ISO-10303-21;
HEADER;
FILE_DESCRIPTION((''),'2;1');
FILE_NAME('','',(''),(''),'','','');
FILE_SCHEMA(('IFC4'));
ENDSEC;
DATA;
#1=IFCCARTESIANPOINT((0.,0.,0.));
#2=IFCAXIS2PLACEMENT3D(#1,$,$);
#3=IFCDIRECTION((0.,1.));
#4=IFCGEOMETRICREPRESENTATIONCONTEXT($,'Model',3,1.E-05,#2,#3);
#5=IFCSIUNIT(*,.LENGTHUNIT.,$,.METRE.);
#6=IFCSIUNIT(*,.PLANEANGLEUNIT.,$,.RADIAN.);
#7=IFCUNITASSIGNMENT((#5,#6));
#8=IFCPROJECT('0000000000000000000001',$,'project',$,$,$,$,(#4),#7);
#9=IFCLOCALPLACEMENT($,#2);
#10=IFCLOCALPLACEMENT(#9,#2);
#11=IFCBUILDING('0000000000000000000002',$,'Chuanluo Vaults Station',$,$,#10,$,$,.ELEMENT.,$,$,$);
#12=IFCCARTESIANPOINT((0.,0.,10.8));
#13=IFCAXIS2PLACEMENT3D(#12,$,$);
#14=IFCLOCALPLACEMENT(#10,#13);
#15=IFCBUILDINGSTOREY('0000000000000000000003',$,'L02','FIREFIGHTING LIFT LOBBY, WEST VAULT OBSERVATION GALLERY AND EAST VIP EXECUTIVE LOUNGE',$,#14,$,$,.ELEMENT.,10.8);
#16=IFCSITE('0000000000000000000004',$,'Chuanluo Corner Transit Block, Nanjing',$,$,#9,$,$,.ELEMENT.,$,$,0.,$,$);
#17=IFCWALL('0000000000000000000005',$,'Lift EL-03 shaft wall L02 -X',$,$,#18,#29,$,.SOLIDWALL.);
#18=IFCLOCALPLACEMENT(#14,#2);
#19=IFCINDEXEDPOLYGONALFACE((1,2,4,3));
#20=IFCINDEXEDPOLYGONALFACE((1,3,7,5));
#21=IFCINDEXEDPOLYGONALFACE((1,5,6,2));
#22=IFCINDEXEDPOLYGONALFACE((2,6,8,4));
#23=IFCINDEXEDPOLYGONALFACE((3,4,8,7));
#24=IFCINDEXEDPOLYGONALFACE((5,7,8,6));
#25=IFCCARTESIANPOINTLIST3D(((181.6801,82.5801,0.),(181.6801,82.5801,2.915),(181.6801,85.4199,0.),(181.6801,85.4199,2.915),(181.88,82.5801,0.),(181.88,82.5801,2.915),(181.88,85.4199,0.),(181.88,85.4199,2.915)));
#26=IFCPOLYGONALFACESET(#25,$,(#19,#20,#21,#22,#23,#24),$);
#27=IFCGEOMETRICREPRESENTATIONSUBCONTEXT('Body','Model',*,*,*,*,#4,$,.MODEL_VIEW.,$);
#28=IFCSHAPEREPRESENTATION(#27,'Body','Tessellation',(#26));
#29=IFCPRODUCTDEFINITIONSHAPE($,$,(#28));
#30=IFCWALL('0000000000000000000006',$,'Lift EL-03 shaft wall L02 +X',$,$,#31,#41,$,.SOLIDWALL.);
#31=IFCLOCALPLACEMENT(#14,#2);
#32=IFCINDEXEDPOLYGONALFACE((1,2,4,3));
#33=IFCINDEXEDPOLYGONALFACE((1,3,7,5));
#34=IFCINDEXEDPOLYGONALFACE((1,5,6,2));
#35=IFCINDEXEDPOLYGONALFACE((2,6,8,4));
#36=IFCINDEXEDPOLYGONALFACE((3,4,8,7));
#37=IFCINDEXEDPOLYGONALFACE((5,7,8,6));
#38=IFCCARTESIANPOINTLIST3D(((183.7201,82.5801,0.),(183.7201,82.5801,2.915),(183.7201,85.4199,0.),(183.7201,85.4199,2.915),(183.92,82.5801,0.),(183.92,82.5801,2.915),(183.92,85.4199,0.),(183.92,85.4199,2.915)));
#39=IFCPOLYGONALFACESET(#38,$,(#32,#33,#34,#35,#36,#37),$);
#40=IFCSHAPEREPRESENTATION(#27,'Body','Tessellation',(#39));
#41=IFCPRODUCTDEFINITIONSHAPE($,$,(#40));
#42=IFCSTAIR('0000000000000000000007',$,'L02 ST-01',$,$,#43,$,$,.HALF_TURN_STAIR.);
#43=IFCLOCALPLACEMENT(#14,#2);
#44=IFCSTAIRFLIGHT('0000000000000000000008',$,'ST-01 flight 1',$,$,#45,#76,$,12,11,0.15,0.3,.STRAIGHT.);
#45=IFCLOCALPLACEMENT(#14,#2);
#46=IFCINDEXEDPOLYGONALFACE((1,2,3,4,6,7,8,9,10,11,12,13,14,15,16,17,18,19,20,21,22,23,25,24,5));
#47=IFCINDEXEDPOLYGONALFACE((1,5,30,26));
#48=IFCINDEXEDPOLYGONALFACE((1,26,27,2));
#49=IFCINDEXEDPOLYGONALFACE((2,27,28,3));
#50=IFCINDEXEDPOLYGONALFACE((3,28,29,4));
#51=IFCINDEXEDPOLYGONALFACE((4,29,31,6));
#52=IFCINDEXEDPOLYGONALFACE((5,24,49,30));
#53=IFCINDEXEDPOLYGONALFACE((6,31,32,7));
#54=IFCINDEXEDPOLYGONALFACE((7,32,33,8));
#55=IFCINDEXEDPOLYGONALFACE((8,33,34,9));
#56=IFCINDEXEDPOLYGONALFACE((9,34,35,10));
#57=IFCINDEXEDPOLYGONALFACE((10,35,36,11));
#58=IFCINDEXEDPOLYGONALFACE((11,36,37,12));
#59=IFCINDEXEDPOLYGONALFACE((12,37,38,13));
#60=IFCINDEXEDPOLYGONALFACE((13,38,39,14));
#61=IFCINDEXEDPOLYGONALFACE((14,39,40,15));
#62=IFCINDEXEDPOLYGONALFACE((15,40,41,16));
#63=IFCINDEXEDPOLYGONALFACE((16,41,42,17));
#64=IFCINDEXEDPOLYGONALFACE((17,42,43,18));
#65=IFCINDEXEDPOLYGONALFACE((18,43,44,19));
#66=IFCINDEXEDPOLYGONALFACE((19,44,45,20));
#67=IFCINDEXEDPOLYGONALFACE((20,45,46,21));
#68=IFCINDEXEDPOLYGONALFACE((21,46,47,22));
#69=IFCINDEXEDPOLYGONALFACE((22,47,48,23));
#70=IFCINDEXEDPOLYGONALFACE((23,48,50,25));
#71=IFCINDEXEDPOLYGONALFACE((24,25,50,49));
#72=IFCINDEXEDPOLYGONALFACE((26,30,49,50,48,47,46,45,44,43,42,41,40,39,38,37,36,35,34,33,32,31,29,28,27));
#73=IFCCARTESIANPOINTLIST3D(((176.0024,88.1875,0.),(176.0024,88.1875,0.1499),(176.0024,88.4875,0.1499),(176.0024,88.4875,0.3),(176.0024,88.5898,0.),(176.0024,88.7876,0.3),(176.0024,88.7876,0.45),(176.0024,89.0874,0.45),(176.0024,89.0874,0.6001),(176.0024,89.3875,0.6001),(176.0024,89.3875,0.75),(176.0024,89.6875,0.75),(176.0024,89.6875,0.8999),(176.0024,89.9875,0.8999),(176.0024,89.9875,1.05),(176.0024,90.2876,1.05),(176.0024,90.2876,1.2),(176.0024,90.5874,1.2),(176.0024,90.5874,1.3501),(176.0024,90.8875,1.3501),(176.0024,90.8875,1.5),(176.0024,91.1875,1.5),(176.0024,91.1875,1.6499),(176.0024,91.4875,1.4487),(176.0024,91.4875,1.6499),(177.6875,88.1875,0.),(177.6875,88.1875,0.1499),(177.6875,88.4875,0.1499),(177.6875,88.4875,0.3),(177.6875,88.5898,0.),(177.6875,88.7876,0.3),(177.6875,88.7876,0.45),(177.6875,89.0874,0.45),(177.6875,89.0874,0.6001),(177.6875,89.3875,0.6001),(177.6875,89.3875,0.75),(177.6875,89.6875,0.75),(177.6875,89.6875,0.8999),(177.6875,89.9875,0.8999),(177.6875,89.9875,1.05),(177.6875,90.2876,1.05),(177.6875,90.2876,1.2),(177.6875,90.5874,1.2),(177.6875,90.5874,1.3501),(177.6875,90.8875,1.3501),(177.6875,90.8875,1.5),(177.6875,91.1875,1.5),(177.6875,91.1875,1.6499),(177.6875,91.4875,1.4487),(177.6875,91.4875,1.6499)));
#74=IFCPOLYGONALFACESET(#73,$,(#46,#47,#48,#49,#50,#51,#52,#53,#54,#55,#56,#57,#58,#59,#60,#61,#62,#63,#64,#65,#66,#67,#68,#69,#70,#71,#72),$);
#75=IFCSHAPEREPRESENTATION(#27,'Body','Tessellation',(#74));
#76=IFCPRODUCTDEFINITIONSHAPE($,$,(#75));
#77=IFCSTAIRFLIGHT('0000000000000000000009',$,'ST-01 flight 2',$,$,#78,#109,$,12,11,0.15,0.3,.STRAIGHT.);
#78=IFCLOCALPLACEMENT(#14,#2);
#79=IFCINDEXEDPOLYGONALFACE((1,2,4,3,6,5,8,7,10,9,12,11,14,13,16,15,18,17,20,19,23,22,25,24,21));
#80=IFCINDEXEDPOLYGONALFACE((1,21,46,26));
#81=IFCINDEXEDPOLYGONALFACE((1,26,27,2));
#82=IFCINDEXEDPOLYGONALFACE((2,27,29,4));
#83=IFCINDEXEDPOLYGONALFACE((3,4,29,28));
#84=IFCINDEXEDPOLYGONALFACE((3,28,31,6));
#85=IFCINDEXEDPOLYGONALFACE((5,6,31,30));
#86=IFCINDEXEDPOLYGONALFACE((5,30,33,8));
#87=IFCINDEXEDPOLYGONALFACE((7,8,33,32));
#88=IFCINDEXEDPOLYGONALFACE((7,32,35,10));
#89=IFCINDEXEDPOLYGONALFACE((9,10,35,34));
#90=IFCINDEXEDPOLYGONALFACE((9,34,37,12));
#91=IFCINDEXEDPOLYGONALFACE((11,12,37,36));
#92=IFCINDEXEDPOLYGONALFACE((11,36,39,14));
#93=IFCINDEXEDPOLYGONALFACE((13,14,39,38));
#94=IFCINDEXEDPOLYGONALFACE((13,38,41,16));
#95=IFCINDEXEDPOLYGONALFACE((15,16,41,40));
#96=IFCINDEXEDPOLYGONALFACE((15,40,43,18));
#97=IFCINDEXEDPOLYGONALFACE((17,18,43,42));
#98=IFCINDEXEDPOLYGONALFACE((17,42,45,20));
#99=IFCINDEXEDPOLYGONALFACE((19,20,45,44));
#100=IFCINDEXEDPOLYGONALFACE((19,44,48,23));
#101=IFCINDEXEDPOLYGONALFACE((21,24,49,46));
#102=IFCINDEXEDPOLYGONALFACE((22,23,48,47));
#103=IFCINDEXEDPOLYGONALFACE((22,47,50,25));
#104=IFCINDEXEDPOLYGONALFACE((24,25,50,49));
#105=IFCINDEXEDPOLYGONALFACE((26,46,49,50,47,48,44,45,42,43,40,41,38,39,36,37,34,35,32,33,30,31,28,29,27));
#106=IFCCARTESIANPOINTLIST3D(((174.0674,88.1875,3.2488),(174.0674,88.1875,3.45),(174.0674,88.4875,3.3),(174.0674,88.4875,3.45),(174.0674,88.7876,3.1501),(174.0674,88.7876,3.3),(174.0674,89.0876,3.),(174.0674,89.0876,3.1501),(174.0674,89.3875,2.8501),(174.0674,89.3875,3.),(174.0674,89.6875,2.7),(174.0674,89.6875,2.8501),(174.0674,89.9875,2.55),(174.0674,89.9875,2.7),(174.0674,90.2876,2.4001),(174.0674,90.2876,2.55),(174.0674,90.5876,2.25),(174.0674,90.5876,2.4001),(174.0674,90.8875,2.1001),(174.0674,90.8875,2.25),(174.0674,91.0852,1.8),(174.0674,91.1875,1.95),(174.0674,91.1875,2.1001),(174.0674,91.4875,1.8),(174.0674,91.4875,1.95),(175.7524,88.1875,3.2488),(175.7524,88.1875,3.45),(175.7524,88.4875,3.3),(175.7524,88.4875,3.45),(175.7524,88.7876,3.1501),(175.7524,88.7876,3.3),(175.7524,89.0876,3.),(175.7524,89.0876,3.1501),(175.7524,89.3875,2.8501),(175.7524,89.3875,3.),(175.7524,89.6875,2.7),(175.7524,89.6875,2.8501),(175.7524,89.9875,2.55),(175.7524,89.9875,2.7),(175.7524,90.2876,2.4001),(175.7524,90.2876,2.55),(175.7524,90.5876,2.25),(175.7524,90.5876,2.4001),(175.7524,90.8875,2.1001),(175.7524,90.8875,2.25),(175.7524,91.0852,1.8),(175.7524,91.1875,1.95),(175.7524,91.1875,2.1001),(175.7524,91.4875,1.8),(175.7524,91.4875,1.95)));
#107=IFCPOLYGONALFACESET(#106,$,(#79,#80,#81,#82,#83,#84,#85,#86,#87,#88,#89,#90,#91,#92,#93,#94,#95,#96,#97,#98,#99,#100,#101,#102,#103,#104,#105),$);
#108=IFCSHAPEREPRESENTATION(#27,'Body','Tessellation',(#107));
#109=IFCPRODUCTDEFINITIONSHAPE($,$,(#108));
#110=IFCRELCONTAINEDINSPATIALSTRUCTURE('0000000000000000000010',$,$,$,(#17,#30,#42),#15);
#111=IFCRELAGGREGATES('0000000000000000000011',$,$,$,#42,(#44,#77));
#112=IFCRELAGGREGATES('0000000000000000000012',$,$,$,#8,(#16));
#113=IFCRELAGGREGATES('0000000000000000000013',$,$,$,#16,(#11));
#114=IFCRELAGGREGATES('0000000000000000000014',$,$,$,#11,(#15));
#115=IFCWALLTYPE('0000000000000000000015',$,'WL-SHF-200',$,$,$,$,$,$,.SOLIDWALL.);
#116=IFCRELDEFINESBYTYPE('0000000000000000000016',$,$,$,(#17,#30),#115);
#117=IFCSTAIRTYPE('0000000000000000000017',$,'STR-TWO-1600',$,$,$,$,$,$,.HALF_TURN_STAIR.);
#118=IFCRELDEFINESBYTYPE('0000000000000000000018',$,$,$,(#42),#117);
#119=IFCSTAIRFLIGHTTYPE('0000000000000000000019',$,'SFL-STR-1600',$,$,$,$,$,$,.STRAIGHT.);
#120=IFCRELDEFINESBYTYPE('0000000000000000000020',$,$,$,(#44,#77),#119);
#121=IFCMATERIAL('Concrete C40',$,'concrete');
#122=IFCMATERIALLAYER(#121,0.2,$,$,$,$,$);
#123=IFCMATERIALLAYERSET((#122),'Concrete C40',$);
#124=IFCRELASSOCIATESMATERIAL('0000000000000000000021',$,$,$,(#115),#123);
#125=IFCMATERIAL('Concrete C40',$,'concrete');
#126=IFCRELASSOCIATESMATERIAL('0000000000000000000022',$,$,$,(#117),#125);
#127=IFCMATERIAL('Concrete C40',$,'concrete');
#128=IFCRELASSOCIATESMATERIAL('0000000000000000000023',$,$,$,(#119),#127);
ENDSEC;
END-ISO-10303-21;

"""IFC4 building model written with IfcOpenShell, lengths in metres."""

from ifc_helpers import new_model, si_unit, direction, frame, frame_2d, origin, place, context, subcontext, project, spatial, polyline, rectangle, outline, extrude, material, layer, layer_set, type_object, element, aggregate, save


model = new_model("IFC4")

# Units and contexts
model_context = context("Model", 3, precision=1e-05, world=origin(), true_north=direction((0.0, 1.0)))
body_context = subcontext(model_context, "Body", "Model", "MODEL_VIEW")
ifc_project = project(units=[si_unit("LENGTHUNIT", "METRE"), si_unit("PLANEANGLEUNIT", "RADIAN")], contexts=[model_context])

# Site, building, storey
site_placement = place(None, origin())
site = spatial("IfcSite", under=ifc_project, at=site_placement, Name="Chuanluo Corner Transit Block, Nanjing", CompositionType="ELEMENT", RefElevation=0.0)
building_placement = place(site_placement, origin())
building = spatial("IfcBuilding", under=site, at=building_placement, Name="Chuanluo Vaults Station", CompositionType="ELEMENT")
storey_placement = place(building_placement, frame((0.0, 0.0, 10.8)))
storey = spatial("IfcBuildingStorey", under=building, at=storey_placement, Name="L02", Description="FIREFIGHTING LIFT LOBBY, WEST VAULT OBSERVATION GALLERY AND EAST VIP EXECUTIVE LOUNGE", CompositionType="ELEMENT", Elevation=10.8)

# Shared definitions
ifc_material_1 = material(Name="Concrete C40", Category="concrete")
ifc_layer_1 = layer(ifc_material_1, 0.2)
ifc_layer_set_1 = layer_set([ifc_layer_1], Name="Concrete C40")
wall_type_1 = type_object("IfcWallType", Name="WL-SHF-200", PredefinedType="SOLIDWALL", material=ifc_layer_set_1)

# Walls
for number, where, z_axis, x_axis, name in (
    (1, (181.78, 85.4199, 0.0), (0.0, 0.0, 1.0), (0.0, -1.0, 0.0), "Lift EL-03 shaft wall L02 -X"),
    (2, (183.8201, 82.5801, 0.0), (0.0, 0.0, 1.0), (0.0, 1.0, 0.0), "Lift EL-03 shaft wall L02 +X"),
):
    element("IfcWall", number, at=place(storey_placement, frame(where, z_axis=z_axis, x_axis=x_axis)), inside=storey, type_object=wall_type_1, Name=name, PredefinedType="SOLIDWALL", context=body_context, shape_type="SweptSolid", body=[
        extrude(rectangle(XDim=2.8398, YDim=0.2, at=frame_2d((1.4199, 0.0))), origin(), (0.0, 0.0, 1.0), 2.915),
    ])

# Stair, stair flights
ifc_material_2 = material(Name="Concrete C40", Category="concrete")
stair_type = type_object("IfcStairType", Name="STR-TWO-1600", PredefinedType="HALF_TURN_STAIR", material=ifc_material_2)
stair_placement = place(storey_placement, origin())
stair = element("IfcStair", 3, at=stair_placement, inside=storey, type_object=stair_type, Name="L02 ST-01", PredefinedType="HALF_TURN_STAIR")
ifc_material_3 = material(Name="Concrete C40", Category="concrete")
stair_flight_type = type_object("IfcStairFlightType", Name="SFL-STR-1600", PredefinedType="STRAIGHT", material=ifc_material_3)
stair_flight_1_placement = place(storey_placement, frame((176.845, 88.1875, 0.0), z_axis=(0.0, 0.0, 1.0), x_axis=(0.0, 1.0, 0.0)))
stair_flight_1 = element("IfcStairFlight", 4, at=stair_flight_1_placement, type_object=stair_flight_type, Name="ST-01 flight 1", NumberOfRisers=12, NumberOfTreads=11, PredefinedType="STRAIGHT", RiserHeight=0.15, TreadLength=0.3, context=body_context, shape_type="SweptSolid", body=[
    extrude(outline(polyline([(0.0, 0.0), (0.0, 0.1499), (0.3, 0.1499), (0.3, 0.3), (0.6001, 0.3), (0.6001, 0.45), (0.8999, 0.45), (0.8999, 0.6001), (1.2, 0.6001), (1.2, 0.75), (1.5, 0.75), (1.5, 0.8999), (1.8, 0.8999), (1.8, 1.05), (2.1001, 1.05), (2.1001, 1.2), (2.3999, 1.2), (2.3999, 1.3501), (2.7, 1.3501), (2.7, 1.5), (3.0, 1.5), (3.0, 1.6499), (3.3, 1.6499), (3.3, 1.8), (3.3, 1.4487), (0.4023, 0.0), (0.0, 0.0)])), frame((0.0, 0.8425, 0.0), z_axis=(0.0, -1.0, 0.0), x_axis=(1.0, 0.0, 0.0)), (0.0, 0.0, 1.0), 1.6851),
])
stair_flight_2_placement = place(storey_placement, frame((174.9099, 91.4875, 1.8), z_axis=(0.0, 0.0, 1.0), x_axis=(0.0, -1.0, 0.0)))
stair_flight_2 = element("IfcStairFlight", 5, at=stair_flight_2_placement, type_object=stair_flight_type, Name="ST-01 flight 2", NumberOfRisers=12, NumberOfTreads=11, PredefinedType="STRAIGHT", RiserHeight=0.15, TreadLength=0.3, context=body_context, shape_type="SweptSolid", body=[
    extrude(outline(polyline([(0.0, 0.0), (0.0, 0.1499), (0.3, 0.1499), (0.3, 0.3), (0.6001, 0.3), (0.6001, 0.45), (0.8999, 0.45), (0.8999, 0.6001), (1.2, 0.6001), (1.2, 0.75), (1.5, 0.75), (1.5, 0.8999), (1.8, 0.8999), (1.8, 1.05), (2.1001, 1.05), (2.1001, 1.2), (2.3999, 1.2), (2.3999, 1.3501), (2.7, 1.3501), (2.7, 1.5), (3.0, 1.5), (3.0, 1.6499), (3.3, 1.6499), (3.3, 1.8), (3.3, 1.4487), (0.4023, 0.0), (0.0, 0.0)])), frame((0.0, 0.8425, 0.0), z_axis=(0.0, -1.0, 0.0), x_axis=(1.0, 0.0, 0.0)), (0.0, 0.0, 1.0), 1.6851),
])
aggregate(stair, [stair_flight_1, stair_flight_2])

save(model, "model.ifc")
